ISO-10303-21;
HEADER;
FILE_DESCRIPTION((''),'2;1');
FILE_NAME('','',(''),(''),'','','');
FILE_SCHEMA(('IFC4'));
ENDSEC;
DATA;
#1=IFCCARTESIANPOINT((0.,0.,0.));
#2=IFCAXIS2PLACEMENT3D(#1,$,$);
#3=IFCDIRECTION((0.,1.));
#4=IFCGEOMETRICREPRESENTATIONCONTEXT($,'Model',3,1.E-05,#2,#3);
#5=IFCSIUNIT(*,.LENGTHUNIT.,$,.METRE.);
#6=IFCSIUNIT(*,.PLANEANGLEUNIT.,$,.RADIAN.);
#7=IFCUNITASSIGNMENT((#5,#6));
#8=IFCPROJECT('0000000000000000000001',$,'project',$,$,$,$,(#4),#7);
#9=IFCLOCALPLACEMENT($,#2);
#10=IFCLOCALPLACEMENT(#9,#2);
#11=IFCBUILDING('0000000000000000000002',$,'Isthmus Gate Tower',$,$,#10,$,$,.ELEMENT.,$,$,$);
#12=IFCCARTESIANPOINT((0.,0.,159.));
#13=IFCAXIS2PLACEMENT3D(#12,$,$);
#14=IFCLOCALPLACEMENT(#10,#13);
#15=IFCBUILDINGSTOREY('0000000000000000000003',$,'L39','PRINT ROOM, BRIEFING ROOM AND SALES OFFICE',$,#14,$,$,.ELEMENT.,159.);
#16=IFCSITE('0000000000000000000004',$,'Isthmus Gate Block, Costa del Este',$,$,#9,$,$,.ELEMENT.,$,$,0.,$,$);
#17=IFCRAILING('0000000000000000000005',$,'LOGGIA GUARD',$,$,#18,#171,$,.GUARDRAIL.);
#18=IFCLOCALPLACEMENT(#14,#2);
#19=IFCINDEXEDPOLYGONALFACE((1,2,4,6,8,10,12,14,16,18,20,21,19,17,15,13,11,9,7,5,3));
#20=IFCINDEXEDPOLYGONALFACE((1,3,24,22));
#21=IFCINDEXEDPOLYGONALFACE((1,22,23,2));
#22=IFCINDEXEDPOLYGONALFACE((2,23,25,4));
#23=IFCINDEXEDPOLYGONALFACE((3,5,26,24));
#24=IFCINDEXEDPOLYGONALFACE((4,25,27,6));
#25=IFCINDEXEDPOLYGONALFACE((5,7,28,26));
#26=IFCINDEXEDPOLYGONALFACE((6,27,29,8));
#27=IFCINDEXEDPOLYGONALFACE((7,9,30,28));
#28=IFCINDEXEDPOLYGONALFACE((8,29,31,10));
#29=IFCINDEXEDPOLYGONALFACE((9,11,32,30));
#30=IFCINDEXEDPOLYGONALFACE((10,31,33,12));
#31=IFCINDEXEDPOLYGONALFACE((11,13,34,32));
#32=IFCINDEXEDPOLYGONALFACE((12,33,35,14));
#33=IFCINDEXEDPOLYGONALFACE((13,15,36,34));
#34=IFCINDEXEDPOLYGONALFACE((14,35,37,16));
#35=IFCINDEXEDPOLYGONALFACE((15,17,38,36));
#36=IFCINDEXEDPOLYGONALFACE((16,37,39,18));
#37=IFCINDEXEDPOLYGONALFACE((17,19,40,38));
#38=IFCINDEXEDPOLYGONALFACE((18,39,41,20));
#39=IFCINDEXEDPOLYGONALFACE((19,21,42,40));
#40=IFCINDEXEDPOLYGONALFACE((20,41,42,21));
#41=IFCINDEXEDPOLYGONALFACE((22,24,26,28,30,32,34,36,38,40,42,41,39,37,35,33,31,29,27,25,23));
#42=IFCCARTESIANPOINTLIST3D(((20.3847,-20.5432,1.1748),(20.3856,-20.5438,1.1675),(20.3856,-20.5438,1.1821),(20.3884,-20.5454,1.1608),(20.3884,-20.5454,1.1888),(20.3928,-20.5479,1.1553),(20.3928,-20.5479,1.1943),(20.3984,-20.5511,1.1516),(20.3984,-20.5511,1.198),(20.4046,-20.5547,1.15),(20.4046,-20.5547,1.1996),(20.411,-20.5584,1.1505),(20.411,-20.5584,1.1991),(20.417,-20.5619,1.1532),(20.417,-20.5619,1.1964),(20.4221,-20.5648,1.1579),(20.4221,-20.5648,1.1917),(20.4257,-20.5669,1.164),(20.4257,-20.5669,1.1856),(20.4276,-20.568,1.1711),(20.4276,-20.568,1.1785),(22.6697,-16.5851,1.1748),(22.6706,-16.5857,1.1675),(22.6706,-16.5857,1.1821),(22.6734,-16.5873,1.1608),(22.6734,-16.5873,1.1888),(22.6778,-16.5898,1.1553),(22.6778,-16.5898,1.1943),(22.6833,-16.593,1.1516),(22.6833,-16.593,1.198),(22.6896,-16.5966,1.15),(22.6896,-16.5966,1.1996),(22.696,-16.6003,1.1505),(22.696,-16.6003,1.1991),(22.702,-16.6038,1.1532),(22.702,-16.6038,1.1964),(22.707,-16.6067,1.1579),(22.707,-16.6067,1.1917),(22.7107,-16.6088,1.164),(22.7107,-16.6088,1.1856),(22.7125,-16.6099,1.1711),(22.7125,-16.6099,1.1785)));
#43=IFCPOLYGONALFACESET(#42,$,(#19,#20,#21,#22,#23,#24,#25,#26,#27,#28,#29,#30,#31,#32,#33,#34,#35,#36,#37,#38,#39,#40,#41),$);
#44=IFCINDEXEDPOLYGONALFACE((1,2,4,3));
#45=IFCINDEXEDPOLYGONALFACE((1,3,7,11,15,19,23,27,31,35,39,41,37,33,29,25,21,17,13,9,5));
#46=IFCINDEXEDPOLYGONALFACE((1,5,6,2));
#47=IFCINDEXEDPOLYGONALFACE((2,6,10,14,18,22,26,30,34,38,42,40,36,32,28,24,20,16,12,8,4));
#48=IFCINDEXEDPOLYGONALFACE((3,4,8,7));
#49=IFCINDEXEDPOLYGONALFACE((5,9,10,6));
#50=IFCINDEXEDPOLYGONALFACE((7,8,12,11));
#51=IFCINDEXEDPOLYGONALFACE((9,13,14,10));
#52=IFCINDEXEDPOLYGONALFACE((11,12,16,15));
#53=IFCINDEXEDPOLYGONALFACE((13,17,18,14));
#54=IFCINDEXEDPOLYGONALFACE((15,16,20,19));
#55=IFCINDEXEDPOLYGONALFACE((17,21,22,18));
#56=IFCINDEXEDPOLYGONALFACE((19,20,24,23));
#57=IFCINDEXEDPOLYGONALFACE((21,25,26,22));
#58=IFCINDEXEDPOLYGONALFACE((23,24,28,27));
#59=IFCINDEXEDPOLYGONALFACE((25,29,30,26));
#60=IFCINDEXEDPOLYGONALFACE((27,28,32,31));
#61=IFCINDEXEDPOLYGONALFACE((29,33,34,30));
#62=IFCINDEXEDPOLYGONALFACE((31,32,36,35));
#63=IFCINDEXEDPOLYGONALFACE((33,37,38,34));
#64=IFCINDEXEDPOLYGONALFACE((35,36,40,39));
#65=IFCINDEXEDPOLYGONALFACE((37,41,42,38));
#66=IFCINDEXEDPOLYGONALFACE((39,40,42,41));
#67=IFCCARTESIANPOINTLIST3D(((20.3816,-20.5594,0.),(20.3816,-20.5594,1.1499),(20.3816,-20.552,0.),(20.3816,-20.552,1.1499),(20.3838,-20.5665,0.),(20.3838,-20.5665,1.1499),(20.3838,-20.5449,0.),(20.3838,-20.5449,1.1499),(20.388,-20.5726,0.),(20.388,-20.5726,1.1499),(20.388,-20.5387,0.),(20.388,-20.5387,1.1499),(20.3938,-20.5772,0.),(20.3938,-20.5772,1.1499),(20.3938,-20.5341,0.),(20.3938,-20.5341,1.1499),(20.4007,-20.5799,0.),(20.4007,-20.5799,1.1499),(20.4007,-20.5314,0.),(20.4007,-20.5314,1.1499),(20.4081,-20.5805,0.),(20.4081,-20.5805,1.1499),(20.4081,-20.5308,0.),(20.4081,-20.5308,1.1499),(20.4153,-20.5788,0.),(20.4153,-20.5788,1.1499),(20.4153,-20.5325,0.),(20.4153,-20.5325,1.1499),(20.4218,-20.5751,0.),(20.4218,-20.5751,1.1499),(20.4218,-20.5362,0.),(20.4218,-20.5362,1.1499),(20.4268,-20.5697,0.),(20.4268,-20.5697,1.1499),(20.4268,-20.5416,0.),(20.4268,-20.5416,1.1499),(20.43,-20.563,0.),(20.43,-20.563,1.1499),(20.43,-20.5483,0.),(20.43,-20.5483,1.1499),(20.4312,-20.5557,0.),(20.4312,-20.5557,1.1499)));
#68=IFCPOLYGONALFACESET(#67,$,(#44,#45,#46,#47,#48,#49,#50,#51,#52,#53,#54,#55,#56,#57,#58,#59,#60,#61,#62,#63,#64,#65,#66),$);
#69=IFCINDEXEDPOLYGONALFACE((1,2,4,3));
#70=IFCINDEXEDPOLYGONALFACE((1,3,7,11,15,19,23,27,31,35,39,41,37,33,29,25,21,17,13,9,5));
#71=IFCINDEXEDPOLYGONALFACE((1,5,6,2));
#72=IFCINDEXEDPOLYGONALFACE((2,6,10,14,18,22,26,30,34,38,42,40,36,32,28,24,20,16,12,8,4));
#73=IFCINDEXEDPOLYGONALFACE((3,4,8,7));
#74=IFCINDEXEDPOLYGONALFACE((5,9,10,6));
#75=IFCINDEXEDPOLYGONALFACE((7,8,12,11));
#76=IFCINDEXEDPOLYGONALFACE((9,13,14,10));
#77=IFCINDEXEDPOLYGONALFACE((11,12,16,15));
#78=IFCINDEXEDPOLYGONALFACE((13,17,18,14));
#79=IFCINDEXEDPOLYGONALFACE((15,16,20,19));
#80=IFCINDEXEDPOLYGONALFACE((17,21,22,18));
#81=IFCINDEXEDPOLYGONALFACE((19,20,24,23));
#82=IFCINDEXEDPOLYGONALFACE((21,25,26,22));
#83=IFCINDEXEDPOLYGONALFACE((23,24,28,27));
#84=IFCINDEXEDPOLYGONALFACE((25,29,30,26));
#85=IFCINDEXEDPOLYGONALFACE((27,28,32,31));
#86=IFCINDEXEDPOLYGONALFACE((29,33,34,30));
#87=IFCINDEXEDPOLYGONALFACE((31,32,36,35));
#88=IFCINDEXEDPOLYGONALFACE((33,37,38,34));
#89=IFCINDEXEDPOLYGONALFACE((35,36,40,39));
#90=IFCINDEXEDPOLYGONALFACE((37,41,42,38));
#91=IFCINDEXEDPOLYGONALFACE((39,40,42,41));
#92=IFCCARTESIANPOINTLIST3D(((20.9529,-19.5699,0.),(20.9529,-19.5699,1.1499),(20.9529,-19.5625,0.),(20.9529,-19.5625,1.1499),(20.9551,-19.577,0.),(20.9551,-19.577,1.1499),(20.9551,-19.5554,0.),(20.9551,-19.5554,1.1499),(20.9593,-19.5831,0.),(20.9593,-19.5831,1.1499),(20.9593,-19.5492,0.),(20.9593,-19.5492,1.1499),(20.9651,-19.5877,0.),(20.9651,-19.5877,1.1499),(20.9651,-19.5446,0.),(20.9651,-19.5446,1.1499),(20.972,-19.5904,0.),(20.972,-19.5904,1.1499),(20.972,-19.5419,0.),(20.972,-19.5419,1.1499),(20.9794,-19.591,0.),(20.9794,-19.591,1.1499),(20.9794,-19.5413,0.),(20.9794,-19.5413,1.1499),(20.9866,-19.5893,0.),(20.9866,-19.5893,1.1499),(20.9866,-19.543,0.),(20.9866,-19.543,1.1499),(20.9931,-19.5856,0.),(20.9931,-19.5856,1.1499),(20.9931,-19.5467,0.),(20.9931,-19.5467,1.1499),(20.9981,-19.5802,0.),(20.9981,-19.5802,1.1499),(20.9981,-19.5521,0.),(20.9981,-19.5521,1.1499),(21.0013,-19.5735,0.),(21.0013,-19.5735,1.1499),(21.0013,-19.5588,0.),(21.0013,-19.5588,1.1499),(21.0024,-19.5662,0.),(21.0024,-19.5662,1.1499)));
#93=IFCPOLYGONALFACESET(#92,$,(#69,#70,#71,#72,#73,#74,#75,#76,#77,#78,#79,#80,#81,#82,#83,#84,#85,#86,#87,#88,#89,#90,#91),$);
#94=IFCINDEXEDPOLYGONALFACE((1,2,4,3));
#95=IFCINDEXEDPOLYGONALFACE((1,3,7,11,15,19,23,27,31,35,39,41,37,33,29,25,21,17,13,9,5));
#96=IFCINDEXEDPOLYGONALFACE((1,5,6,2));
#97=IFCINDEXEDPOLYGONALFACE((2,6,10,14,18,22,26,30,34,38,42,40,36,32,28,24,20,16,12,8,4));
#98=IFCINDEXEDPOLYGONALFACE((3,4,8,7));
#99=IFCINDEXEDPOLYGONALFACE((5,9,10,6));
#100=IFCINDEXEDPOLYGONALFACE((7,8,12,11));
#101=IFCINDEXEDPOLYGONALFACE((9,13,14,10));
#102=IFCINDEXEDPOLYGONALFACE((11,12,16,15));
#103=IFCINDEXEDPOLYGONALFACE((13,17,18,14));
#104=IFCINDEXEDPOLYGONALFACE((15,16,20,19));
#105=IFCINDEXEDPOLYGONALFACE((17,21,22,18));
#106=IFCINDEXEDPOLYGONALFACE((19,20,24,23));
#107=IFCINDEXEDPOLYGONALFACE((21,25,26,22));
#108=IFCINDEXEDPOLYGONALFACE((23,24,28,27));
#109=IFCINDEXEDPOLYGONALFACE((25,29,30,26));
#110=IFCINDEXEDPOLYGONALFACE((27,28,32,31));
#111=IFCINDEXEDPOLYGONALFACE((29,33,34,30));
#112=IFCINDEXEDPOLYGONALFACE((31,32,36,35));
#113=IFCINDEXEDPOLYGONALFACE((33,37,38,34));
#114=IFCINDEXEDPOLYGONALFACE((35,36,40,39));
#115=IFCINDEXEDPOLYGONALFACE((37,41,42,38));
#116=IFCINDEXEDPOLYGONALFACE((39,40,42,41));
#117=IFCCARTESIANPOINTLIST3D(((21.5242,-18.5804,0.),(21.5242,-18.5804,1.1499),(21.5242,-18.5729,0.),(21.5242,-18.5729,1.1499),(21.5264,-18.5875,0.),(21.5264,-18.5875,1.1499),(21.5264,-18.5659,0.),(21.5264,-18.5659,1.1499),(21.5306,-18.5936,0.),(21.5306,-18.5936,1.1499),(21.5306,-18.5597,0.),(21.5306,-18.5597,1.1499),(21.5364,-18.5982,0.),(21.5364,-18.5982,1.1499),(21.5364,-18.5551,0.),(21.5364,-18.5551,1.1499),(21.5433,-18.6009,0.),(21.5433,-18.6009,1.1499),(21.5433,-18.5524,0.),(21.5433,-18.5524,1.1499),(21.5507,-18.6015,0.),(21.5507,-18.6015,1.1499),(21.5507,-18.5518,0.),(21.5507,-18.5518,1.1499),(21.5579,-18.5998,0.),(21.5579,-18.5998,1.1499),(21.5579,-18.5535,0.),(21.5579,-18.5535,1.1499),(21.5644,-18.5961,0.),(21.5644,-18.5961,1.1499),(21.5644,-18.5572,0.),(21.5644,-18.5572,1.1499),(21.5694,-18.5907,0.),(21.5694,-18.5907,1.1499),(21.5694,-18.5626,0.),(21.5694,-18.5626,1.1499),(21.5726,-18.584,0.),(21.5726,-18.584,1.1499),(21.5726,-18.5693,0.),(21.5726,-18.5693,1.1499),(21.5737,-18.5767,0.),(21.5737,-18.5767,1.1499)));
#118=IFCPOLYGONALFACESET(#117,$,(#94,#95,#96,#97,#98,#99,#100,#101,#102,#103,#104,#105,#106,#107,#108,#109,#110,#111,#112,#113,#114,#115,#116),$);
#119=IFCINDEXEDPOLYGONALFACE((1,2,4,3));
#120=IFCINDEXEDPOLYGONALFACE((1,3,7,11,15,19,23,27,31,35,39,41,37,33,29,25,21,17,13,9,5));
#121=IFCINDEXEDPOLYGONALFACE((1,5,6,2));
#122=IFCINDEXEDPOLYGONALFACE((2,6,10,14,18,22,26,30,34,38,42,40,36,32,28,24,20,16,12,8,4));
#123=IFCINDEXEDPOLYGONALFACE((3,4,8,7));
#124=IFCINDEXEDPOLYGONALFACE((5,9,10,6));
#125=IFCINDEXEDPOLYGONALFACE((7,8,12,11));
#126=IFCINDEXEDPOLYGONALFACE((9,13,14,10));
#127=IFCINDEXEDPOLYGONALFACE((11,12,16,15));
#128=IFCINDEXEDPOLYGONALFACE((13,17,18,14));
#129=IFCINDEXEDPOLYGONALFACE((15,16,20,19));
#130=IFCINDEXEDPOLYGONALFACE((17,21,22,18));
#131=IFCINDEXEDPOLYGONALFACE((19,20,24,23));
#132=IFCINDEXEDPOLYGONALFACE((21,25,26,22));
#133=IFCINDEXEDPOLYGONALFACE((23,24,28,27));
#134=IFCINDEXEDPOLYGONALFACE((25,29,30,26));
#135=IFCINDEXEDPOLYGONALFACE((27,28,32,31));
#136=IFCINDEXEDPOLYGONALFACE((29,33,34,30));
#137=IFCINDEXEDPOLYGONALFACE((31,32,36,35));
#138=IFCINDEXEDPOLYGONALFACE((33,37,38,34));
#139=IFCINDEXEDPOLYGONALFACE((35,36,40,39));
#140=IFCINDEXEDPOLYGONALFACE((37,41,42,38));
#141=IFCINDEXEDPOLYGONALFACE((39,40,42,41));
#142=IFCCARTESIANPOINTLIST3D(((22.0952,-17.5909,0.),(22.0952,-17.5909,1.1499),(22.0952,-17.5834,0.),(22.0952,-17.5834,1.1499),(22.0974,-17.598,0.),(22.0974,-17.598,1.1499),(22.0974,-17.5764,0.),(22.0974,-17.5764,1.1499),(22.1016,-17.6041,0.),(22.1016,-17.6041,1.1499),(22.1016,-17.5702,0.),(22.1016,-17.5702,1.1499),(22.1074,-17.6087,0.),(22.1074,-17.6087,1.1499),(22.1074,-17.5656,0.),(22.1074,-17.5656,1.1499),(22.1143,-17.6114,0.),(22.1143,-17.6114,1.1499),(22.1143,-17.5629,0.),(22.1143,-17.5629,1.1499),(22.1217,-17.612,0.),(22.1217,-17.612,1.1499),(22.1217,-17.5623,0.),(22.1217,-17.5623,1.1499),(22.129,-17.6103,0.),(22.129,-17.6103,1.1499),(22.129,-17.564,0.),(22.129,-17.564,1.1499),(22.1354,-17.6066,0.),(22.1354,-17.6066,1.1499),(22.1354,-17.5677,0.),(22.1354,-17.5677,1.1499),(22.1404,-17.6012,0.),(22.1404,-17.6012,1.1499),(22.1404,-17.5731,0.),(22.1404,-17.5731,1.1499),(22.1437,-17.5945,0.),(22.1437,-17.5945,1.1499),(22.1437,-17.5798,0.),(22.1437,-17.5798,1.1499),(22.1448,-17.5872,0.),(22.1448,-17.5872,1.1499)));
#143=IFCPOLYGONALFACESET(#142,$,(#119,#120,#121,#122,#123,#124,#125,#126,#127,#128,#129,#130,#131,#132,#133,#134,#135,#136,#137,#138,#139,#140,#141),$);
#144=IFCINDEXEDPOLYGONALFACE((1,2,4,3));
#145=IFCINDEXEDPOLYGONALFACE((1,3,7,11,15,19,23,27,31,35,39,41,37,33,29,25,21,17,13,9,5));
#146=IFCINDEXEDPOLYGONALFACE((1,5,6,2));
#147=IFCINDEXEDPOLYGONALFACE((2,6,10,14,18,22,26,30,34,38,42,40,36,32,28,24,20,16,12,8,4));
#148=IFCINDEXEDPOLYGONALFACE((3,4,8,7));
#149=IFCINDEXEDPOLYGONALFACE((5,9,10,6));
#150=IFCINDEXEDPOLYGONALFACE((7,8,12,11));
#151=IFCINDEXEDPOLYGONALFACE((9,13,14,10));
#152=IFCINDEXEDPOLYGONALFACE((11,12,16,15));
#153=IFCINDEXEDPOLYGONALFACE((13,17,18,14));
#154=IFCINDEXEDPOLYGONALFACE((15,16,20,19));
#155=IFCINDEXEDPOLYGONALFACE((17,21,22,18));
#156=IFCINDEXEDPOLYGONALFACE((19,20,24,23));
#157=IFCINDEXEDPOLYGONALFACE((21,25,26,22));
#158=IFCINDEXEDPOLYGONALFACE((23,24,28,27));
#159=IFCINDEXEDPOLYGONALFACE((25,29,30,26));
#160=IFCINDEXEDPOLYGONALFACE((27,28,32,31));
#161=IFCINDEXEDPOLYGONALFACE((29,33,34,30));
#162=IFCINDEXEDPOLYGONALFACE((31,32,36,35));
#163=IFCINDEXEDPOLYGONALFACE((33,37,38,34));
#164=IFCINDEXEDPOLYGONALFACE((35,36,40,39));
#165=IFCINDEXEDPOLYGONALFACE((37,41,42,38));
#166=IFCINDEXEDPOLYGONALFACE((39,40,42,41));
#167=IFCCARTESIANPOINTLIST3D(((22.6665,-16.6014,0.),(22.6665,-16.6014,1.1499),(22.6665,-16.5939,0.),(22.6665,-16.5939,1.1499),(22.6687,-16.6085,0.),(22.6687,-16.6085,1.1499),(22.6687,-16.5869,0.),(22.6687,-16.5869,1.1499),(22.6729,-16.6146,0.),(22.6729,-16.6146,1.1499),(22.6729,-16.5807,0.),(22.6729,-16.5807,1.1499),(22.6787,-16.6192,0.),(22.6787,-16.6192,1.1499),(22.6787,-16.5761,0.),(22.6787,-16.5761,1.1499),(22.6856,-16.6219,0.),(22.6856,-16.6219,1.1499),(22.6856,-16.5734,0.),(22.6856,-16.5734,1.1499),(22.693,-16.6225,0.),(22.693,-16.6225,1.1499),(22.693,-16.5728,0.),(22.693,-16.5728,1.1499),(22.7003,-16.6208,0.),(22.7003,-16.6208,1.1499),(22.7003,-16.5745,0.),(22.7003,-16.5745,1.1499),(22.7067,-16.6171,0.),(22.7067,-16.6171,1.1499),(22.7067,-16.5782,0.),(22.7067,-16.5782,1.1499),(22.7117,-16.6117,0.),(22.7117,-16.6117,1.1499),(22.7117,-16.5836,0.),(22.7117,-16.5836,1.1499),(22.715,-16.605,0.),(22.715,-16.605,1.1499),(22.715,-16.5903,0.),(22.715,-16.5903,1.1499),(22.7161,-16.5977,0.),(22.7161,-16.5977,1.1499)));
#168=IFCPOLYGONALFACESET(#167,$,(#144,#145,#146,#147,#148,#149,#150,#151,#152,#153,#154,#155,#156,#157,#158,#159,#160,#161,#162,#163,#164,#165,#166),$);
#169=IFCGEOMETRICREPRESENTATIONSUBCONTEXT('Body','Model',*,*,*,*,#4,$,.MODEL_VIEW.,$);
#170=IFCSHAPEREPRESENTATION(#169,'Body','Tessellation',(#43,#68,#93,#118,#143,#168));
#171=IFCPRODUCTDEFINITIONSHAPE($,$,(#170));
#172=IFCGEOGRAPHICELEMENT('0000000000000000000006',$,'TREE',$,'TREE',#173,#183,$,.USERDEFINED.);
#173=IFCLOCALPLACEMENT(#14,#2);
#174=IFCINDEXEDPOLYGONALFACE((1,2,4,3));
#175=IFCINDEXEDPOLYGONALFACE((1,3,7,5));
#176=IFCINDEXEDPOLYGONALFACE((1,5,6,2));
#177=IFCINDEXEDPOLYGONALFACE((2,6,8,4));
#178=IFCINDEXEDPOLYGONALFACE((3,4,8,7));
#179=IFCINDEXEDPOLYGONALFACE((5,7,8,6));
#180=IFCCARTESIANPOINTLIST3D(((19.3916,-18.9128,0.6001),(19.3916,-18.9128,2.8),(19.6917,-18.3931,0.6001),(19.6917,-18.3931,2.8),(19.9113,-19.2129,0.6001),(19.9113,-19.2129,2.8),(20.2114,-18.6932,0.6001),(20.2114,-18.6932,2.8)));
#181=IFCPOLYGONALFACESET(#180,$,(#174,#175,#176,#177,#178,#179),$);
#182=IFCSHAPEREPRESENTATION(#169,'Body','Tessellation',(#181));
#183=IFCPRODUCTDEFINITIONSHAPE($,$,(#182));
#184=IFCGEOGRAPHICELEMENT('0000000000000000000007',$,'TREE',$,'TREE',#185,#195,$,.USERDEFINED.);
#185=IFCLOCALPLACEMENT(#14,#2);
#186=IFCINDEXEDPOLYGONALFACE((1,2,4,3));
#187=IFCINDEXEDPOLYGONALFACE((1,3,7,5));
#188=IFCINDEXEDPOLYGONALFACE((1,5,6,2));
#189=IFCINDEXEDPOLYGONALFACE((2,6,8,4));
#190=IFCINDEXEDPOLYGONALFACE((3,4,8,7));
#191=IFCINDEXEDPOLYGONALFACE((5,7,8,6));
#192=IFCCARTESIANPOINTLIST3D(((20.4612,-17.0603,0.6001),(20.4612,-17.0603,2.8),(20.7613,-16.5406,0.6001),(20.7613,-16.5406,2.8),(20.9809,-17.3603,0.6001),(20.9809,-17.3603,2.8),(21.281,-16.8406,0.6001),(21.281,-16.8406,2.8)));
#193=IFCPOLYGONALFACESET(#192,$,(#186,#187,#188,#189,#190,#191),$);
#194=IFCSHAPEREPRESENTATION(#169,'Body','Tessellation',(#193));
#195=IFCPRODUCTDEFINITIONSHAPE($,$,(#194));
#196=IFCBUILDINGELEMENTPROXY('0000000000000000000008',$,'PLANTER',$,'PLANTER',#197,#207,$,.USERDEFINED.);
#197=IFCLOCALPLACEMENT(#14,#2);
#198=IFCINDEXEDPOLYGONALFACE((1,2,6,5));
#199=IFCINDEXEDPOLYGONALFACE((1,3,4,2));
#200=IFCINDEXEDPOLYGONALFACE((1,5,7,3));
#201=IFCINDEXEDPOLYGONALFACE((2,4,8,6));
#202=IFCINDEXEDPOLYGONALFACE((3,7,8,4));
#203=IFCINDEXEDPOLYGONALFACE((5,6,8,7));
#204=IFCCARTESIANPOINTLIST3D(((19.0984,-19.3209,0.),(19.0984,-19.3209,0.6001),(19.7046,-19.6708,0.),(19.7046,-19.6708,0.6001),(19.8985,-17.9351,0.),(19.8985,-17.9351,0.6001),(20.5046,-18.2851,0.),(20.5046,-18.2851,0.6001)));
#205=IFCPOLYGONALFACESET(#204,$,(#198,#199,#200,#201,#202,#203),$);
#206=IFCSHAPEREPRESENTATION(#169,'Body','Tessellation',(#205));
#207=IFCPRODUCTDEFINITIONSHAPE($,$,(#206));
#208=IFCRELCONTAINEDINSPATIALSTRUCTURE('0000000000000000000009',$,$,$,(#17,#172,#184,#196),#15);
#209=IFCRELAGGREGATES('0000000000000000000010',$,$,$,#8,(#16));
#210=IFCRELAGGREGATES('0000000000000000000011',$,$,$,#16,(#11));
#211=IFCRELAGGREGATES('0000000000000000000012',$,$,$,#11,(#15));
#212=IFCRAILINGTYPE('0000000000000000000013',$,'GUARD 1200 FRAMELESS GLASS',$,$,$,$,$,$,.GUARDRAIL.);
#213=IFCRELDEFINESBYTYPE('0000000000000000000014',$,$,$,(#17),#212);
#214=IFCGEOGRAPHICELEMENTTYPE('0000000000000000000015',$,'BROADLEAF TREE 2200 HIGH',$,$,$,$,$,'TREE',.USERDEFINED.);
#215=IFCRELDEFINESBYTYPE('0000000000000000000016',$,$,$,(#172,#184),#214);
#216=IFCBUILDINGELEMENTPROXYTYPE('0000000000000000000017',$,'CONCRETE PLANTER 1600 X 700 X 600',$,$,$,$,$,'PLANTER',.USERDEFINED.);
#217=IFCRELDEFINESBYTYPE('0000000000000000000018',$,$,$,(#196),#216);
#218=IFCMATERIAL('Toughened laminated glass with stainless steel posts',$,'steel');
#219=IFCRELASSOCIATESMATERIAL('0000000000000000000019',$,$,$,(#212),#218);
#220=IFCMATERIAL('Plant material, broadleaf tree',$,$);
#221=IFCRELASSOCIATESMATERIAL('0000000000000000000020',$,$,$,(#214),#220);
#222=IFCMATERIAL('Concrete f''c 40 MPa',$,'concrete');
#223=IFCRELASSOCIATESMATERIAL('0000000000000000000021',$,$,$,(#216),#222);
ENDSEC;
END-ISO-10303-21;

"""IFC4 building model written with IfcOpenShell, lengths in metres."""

from ifc_helpers import new_model, si_unit, direction, frame, origin, origin_2d, place, context, subcontext, project, spatial, rectangle, circle, extrude, material, type_object, element, save


model = new_model("IFC4")

# Units and contexts
model_context = context("Model", 3, precision=1e-05, world=origin(), true_north=direction((0.0, 1.0)))
body_context = subcontext(model_context, "Body", "Model", "MODEL_VIEW")
ifc_project = project(units=[si_unit("LENGTHUNIT", "METRE"), si_unit("PLANEANGLEUNIT", "RADIAN")], contexts=[model_context])

# Site, building, storey
site_placement = place(None, origin())
site = spatial("IfcSite", under=ifc_project, at=site_placement, Name="Isthmus Gate Block, Costa del Este", CompositionType="ELEMENT", RefElevation=0.0)
building_placement = place(site_placement, origin())
building = spatial("IfcBuilding", under=site, at=building_placement, Name="Isthmus Gate Tower", CompositionType="ELEMENT")
storey_placement = place(building_placement, frame((0.0, 0.0, 159.0)))
storey = spatial("IfcBuildingStorey", under=building, at=storey_placement, Name="L39", Description="PRINT ROOM, BRIEFING ROOM AND SALES OFFICE", CompositionType="ELEMENT", Elevation=159.0)

# Railing
ifc_material_1 = material(Name="Toughened laminated glass with stainless steel posts", Category="steel")
railing_type = type_object("IfcRailingType", Name="GUARD 1200 FRAMELESS GLASS", PredefinedType="GUARDRAIL", material=ifc_material_1)
railing_placement = place(storey_placement, frame((20.4062, -20.5557, 0.0)))
element("IfcRailing", 1, at=railing_placement, inside=storey, type_object=railing_type, Name="LOGGIA GUARD", PredefinedType="GUARDRAIL", context=body_context, shape_type="SweptSolid", body=[
    extrude(circle(Radius=0.0249, at=origin_2d()), frame((0.0, 0.0, 1.1748), z_axis=(0.49996, 0.866049, 0.0), x_axis=(-0.866049, 0.49996, 0.0)), (0.0, 0.0, 1.0), 4.5703),
    extrude(circle(Radius=0.0249, at=origin_2d()), origin(), (0.0, 0.0, 1.0), 1.1499),
    extrude(circle(Radius=0.0249, at=origin_2d()), frame((0.5713, 0.9895, 0.0)), (0.0, 0.0, 1.0), 1.1499),
    extrude(circle(Radius=0.0249, at=origin_2d()), frame((1.1426, 1.979, 0.0)), (0.0, 0.0, 1.0), 1.1499),
    extrude(circle(Radius=0.0249, at=origin_2d()), frame((1.7136, 2.9685, 0.0)), (0.0, 0.0, 1.0), 1.1499),
    extrude(circle(Radius=0.0249, at=origin_2d()), frame((2.2849, 3.958, 0.0)), (0.0, 0.0, 1.0), 1.1499),
])

# Geographic elements
ifc_material_2 = material(Name="Plant material, broadleaf tree")
geographic_element_type = type_object("IfcGeographicElementType", Name="BROADLEAF TREE 2200 HIGH", ElementType="TREE", PredefinedType="USERDEFINED", material=ifc_material_2)
for number, where, z_axis, x_axis, name in (
    (2, (19.8015, -18.803, 0.6001), (0.0, 0.0, 1.0), (0.5, 0.866025, 0.0), "TREE"),
    (3, (20.8711, -16.9504, 0.6001), (0.0, 0.0, 1.0), (0.5, 0.866025, 0.0), "TREE"),
):
    element("IfcGeographicElement", number, at=place(storey_placement, frame(where, z_axis=z_axis, x_axis=x_axis)), inside=storey, type_object=geographic_element_type, Name=name, ObjectType="TREE", PredefinedType="USERDEFINED", context=body_context, shape_type="SweptSolid", body=[
        extrude(rectangle(XDim=0.6001, YDim=0.6001, at=origin_2d()), origin(), (0.0, 0.0, 1.0), 2.2),
    ])

# Building element proxy
ifc_material_3 = material(Name="Concrete f'c 40 MPa", Category="concrete")
building_element_proxy_type = type_object("IfcBuildingElementProxyType", Name="CONCRETE PLANTER 1600 X 700 X 600", ElementType="PLANTER", PredefinedType="USERDEFINED", material=ifc_material_3)
for number, where, z_axis, x_axis, name in (
    (4, (19.8015, -18.803, 0.0), (0.0, 0.0, 1.0), (0.5, 0.866025, 0.0), "PLANTER"),
):
    element("IfcBuildingElementProxy", number, at=place(storey_placement, frame(where, z_axis=z_axis, x_axis=x_axis)), inside=storey, type_object=building_element_proxy_type, Name=name, ObjectType="PLANTER", PredefinedType="USERDEFINED", context=body_context, shape_type="SweptSolid", body=[
        extrude(rectangle(XDim=1.6001, YDim=0.7, at=origin_2d()), origin(), (0.0, 0.0, 1.0), 0.6001),
    ])

save(model, "model.ifc")
